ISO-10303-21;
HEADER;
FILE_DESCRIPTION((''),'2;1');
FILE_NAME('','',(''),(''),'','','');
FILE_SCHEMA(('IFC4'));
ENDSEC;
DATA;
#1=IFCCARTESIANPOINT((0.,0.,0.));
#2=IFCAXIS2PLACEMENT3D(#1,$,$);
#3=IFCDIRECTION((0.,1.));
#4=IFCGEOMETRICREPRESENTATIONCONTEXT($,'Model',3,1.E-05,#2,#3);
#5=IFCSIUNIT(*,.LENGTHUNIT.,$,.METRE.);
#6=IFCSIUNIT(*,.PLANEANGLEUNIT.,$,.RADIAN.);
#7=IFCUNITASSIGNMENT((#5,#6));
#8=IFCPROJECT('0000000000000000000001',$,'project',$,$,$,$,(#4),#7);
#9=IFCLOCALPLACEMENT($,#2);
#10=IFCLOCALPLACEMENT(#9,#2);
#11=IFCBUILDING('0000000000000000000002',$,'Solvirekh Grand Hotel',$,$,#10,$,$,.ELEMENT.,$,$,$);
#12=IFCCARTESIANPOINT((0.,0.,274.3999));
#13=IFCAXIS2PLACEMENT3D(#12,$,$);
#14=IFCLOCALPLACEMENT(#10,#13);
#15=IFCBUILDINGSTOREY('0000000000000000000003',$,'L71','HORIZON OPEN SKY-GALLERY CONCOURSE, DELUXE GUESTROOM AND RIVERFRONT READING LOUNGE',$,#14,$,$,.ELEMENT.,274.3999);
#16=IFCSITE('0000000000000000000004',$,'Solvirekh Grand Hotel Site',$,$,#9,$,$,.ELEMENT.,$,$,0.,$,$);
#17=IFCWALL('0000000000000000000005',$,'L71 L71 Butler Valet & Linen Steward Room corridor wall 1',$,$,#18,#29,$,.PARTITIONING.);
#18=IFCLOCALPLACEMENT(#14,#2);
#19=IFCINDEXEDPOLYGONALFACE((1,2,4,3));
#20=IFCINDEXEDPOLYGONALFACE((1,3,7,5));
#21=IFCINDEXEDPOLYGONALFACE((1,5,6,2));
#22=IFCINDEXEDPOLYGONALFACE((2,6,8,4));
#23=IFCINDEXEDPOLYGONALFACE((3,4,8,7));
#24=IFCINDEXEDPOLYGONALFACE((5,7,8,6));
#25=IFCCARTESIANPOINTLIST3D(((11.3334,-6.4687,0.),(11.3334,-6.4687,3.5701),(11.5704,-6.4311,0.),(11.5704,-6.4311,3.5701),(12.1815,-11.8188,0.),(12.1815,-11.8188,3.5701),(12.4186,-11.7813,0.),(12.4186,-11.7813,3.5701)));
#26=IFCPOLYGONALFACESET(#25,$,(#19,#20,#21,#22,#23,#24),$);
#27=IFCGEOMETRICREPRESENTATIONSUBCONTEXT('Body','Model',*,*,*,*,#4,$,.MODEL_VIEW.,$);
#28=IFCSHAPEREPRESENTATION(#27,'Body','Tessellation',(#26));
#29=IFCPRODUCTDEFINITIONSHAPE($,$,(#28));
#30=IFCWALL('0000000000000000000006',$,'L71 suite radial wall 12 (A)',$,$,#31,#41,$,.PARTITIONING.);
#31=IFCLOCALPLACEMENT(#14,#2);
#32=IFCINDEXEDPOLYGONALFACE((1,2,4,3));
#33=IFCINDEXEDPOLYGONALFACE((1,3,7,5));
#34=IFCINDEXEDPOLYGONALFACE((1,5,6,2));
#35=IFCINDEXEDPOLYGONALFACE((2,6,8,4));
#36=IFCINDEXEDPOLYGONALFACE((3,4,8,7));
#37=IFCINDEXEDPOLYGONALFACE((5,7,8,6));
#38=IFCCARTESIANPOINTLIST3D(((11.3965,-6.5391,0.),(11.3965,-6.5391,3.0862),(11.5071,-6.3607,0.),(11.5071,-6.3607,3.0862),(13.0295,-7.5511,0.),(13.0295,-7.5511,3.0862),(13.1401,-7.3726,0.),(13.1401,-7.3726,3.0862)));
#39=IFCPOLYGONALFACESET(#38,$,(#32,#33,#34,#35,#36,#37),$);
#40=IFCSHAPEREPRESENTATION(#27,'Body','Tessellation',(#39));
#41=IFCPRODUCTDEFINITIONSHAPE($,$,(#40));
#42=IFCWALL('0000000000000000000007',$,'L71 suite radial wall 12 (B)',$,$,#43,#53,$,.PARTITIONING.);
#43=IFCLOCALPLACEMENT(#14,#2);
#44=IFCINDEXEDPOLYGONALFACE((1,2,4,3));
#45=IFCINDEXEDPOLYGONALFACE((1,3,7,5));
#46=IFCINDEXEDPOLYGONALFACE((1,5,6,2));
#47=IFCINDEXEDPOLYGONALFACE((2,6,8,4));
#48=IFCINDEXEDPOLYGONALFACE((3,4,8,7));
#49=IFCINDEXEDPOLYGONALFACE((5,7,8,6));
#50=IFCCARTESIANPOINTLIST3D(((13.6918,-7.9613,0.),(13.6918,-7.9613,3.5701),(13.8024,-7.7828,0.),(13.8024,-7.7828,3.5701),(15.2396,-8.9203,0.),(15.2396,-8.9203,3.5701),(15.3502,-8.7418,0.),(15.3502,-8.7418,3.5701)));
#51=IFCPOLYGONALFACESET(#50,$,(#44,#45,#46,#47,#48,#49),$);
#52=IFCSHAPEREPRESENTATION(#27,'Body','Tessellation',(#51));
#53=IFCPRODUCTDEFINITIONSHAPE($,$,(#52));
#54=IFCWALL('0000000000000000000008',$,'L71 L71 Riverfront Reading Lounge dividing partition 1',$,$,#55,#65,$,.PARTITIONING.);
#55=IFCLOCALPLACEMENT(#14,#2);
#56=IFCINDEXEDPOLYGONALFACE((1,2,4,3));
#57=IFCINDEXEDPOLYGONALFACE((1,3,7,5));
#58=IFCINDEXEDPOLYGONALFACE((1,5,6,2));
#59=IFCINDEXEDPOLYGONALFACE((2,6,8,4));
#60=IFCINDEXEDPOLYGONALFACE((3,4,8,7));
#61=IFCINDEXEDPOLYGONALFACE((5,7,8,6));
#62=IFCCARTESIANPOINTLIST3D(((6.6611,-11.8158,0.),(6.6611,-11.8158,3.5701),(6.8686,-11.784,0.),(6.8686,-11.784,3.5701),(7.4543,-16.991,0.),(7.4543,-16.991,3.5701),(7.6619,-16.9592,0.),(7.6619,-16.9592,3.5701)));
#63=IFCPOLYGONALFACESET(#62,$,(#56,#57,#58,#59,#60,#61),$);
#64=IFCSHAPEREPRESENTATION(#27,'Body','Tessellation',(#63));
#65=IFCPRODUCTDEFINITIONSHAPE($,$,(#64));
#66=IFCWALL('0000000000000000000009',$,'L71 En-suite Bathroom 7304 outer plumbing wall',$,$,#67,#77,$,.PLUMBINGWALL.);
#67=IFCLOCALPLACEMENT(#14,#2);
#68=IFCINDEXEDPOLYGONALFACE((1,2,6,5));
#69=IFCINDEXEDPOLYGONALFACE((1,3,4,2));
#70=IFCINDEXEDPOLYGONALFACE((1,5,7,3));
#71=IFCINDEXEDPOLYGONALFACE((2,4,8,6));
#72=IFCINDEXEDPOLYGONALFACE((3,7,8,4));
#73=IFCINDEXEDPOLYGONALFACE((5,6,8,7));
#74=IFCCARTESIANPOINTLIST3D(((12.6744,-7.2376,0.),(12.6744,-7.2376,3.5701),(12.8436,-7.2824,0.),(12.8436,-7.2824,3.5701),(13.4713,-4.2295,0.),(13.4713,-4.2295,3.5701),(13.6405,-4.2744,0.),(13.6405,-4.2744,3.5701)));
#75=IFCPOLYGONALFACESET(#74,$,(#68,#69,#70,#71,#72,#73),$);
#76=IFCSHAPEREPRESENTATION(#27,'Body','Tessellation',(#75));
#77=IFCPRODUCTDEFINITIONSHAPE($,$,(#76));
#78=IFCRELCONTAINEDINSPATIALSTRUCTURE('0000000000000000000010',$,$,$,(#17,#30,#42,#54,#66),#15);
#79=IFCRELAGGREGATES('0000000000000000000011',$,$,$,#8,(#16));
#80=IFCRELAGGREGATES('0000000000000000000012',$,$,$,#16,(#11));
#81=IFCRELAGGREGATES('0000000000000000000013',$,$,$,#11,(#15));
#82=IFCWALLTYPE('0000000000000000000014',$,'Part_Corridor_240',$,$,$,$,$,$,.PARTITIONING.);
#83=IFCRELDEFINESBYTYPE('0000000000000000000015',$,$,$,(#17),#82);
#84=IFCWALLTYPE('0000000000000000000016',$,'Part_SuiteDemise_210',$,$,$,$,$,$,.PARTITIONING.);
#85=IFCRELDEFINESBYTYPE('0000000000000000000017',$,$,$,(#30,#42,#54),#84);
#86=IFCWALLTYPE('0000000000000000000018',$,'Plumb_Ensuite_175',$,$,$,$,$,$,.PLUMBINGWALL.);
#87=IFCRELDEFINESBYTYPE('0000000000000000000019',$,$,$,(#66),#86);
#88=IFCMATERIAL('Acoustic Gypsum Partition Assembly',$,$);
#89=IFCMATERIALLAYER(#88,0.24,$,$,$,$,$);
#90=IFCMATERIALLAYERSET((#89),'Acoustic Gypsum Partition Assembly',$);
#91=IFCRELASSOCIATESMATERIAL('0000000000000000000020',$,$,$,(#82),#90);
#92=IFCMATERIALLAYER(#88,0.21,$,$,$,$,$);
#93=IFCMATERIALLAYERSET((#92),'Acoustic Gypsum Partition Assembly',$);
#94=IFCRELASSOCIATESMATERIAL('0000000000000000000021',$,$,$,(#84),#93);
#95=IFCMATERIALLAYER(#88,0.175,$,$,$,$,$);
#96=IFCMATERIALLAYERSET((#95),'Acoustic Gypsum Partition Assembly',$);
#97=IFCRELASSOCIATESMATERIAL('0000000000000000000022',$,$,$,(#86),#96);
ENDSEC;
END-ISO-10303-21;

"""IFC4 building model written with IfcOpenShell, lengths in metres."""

from ifc_helpers import new_model, si_unit, direction, frame, frame_2d, origin, place, context, subcontext, project, spatial, rectangle, extrude, material, layer, layer_set, type_object, element, save


model = new_model("IFC4")

# Units and contexts
model_context = context("Model", 3, precision=1e-05, world=origin(), true_north=direction((0.0, 1.0)))
body_context = subcontext(model_context, "Body", "Model", "MODEL_VIEW")
ifc_project = project(units=[si_unit("LENGTHUNIT", "METRE"), si_unit("PLANEANGLEUNIT", "RADIAN")], contexts=[model_context])

# Site, building, storey
site_placement = place(None, origin())
site = spatial("IfcSite", under=ifc_project, at=site_placement, Name="Solvirekh Grand Hotel Site", CompositionType="ELEMENT", RefElevation=0.0)
building_placement = place(site_placement, origin())
building = spatial("IfcBuilding", under=site, at=building_placement, Name="Solvirekh Grand Hotel", CompositionType="ELEMENT")
storey_placement = place(building_placement, frame((0.0, 0.0, 274.3999)))
storey = spatial("IfcBuildingStorey", under=building, at=storey_placement, Name="L71", Description="HORIZON OPEN SKY-GALLERY CONCOURSE, DELUXE GUESTROOM AND RIVERFRONT READING LOUNGE", CompositionType="ELEMENT", Elevation=274.3999)

# Shared definitions
ifc_material_1 = material(Name="Acoustic Gypsum Partition Assembly")

# Walls
ifc_layer_1 = layer(ifc_material_1, 0.24)
ifc_layer_set_1 = layer_set([ifc_layer_1], Name="Acoustic Gypsum Partition Assembly")
wall_type_1 = type_object("IfcWallType", Name="Part_Corridor_240", PredefinedType="PARTITIONING", material=ifc_layer_set_1)
wall_1_placement = place(storey_placement, frame((12.3, -11.8, 0.0), z_axis=(0.0, 0.0, 1.0), x_axis=(-0.156574, 0.987666, 0.0)))
element("IfcWall", 1, at=wall_1_placement, inside=storey, type_object=wall_type_1, Name="L71 L71 Butler Valet & Linen Steward Room corridor wall 1", PredefinedType="PARTITIONING", context=body_context, shape_type="SweptSolid", body=[
    extrude(rectangle(XDim=5.417, YDim=0.24, at=frame_2d((2.7085, 0.0))), origin(), (0.0, 0.0, 1.0), 3.5701),
])
ifc_layer_2 = layer(ifc_material_1, 0.21)
ifc_layer_set_2 = layer_set([ifc_layer_2], Name="Acoustic Gypsum Partition Assembly")
wall_type_2 = type_object("IfcWallType", Name="Part_SuiteDemise_210", PredefinedType="PARTITIONING", material=ifc_layer_set_2)
wall_2_placement = place(storey_placement, frame((11.4519, -6.45, 0.0), z_axis=(0.0, 0.0, 1.0), x_axis=(0.850027, -0.52674, 0.0)))
element("IfcWall", 2, at=wall_2_placement, inside=storey, type_object=wall_type_2, Name="L71 suite radial wall 12 (A)", PredefinedType="PARTITIONING", context=body_context, shape_type="SweptSolid", body=[
    extrude(rectangle(XDim=1.9211, YDim=0.21, at=frame_2d((0.9604, 0.0))), origin(), (0.0, 0.0, 1.0), 3.0862),
])
wall_3_placement = place(storey_placement, frame((13.7471, -7.8721, 0.0), z_axis=(0.0, 0.0, 1.0), x_axis=(0.850071, -0.526668, 0.0)))
element("IfcWall", 3, at=wall_3_placement, inside=storey, type_object=wall_type_2, Name="L71 suite radial wall 12 (B)", PredefinedType="PARTITIONING", context=body_context, shape_type="SweptSolid", body=[
    extrude(rectangle(XDim=1.8208, YDim=0.21, at=frame_2d((0.9104, 0.0))), origin(), (0.0, 0.0, 1.0), 3.5701),
])
wall_4_placement = place(storey_placement, frame((6.7649, -11.8, 0.0), z_axis=(0.0, 0.0, 1.0), x_axis=(0.151507, -0.988456, 0.0)))
element("IfcWall", 4, at=wall_4_placement, inside=storey, type_object=wall_type_2, Name="L71 L71 Riverfront Reading Lounge dividing partition 1", PredefinedType="PARTITIONING", context=body_context, shape_type="SweptSolid", body=[
    extrude(rectangle(XDim=5.2356, YDim=0.21, at=frame_2d((2.6177, 0.0))), origin(), (0.0, 0.0, 1.0), 3.5701),
])
ifc_layer_3 = layer(ifc_material_1, 0.175)
ifc_layer_set_3 = layer_set([ifc_layer_3], Name="Acoustic Gypsum Partition Assembly")
wall_type_3 = type_object("IfcWallType", Name="Plumb_Ensuite_175", PredefinedType="PLUMBINGWALL", material=ifc_layer_set_3)
wall_5_placement = place(storey_placement, frame((12.759, -7.26, 0.0), z_axis=(0.0, 0.0, 1.0), x_axis=(0.25608, 0.966656, 0.0)))
element("IfcWall", 5, at=wall_5_placement, inside=storey, type_object=wall_type_3, Name="L71 En-suite Bathroom 7304 outer plumbing wall", PredefinedType="PLUMBINGWALL", context=body_context, shape_type="SweptSolid", body=[
    extrude(rectangle(XDim=3.1118, YDim=0.175, at=frame_2d((1.5559, 0.0))), origin(), (0.0, 0.0, 1.0), 3.5701),
])

save(model, "model.ifc")
